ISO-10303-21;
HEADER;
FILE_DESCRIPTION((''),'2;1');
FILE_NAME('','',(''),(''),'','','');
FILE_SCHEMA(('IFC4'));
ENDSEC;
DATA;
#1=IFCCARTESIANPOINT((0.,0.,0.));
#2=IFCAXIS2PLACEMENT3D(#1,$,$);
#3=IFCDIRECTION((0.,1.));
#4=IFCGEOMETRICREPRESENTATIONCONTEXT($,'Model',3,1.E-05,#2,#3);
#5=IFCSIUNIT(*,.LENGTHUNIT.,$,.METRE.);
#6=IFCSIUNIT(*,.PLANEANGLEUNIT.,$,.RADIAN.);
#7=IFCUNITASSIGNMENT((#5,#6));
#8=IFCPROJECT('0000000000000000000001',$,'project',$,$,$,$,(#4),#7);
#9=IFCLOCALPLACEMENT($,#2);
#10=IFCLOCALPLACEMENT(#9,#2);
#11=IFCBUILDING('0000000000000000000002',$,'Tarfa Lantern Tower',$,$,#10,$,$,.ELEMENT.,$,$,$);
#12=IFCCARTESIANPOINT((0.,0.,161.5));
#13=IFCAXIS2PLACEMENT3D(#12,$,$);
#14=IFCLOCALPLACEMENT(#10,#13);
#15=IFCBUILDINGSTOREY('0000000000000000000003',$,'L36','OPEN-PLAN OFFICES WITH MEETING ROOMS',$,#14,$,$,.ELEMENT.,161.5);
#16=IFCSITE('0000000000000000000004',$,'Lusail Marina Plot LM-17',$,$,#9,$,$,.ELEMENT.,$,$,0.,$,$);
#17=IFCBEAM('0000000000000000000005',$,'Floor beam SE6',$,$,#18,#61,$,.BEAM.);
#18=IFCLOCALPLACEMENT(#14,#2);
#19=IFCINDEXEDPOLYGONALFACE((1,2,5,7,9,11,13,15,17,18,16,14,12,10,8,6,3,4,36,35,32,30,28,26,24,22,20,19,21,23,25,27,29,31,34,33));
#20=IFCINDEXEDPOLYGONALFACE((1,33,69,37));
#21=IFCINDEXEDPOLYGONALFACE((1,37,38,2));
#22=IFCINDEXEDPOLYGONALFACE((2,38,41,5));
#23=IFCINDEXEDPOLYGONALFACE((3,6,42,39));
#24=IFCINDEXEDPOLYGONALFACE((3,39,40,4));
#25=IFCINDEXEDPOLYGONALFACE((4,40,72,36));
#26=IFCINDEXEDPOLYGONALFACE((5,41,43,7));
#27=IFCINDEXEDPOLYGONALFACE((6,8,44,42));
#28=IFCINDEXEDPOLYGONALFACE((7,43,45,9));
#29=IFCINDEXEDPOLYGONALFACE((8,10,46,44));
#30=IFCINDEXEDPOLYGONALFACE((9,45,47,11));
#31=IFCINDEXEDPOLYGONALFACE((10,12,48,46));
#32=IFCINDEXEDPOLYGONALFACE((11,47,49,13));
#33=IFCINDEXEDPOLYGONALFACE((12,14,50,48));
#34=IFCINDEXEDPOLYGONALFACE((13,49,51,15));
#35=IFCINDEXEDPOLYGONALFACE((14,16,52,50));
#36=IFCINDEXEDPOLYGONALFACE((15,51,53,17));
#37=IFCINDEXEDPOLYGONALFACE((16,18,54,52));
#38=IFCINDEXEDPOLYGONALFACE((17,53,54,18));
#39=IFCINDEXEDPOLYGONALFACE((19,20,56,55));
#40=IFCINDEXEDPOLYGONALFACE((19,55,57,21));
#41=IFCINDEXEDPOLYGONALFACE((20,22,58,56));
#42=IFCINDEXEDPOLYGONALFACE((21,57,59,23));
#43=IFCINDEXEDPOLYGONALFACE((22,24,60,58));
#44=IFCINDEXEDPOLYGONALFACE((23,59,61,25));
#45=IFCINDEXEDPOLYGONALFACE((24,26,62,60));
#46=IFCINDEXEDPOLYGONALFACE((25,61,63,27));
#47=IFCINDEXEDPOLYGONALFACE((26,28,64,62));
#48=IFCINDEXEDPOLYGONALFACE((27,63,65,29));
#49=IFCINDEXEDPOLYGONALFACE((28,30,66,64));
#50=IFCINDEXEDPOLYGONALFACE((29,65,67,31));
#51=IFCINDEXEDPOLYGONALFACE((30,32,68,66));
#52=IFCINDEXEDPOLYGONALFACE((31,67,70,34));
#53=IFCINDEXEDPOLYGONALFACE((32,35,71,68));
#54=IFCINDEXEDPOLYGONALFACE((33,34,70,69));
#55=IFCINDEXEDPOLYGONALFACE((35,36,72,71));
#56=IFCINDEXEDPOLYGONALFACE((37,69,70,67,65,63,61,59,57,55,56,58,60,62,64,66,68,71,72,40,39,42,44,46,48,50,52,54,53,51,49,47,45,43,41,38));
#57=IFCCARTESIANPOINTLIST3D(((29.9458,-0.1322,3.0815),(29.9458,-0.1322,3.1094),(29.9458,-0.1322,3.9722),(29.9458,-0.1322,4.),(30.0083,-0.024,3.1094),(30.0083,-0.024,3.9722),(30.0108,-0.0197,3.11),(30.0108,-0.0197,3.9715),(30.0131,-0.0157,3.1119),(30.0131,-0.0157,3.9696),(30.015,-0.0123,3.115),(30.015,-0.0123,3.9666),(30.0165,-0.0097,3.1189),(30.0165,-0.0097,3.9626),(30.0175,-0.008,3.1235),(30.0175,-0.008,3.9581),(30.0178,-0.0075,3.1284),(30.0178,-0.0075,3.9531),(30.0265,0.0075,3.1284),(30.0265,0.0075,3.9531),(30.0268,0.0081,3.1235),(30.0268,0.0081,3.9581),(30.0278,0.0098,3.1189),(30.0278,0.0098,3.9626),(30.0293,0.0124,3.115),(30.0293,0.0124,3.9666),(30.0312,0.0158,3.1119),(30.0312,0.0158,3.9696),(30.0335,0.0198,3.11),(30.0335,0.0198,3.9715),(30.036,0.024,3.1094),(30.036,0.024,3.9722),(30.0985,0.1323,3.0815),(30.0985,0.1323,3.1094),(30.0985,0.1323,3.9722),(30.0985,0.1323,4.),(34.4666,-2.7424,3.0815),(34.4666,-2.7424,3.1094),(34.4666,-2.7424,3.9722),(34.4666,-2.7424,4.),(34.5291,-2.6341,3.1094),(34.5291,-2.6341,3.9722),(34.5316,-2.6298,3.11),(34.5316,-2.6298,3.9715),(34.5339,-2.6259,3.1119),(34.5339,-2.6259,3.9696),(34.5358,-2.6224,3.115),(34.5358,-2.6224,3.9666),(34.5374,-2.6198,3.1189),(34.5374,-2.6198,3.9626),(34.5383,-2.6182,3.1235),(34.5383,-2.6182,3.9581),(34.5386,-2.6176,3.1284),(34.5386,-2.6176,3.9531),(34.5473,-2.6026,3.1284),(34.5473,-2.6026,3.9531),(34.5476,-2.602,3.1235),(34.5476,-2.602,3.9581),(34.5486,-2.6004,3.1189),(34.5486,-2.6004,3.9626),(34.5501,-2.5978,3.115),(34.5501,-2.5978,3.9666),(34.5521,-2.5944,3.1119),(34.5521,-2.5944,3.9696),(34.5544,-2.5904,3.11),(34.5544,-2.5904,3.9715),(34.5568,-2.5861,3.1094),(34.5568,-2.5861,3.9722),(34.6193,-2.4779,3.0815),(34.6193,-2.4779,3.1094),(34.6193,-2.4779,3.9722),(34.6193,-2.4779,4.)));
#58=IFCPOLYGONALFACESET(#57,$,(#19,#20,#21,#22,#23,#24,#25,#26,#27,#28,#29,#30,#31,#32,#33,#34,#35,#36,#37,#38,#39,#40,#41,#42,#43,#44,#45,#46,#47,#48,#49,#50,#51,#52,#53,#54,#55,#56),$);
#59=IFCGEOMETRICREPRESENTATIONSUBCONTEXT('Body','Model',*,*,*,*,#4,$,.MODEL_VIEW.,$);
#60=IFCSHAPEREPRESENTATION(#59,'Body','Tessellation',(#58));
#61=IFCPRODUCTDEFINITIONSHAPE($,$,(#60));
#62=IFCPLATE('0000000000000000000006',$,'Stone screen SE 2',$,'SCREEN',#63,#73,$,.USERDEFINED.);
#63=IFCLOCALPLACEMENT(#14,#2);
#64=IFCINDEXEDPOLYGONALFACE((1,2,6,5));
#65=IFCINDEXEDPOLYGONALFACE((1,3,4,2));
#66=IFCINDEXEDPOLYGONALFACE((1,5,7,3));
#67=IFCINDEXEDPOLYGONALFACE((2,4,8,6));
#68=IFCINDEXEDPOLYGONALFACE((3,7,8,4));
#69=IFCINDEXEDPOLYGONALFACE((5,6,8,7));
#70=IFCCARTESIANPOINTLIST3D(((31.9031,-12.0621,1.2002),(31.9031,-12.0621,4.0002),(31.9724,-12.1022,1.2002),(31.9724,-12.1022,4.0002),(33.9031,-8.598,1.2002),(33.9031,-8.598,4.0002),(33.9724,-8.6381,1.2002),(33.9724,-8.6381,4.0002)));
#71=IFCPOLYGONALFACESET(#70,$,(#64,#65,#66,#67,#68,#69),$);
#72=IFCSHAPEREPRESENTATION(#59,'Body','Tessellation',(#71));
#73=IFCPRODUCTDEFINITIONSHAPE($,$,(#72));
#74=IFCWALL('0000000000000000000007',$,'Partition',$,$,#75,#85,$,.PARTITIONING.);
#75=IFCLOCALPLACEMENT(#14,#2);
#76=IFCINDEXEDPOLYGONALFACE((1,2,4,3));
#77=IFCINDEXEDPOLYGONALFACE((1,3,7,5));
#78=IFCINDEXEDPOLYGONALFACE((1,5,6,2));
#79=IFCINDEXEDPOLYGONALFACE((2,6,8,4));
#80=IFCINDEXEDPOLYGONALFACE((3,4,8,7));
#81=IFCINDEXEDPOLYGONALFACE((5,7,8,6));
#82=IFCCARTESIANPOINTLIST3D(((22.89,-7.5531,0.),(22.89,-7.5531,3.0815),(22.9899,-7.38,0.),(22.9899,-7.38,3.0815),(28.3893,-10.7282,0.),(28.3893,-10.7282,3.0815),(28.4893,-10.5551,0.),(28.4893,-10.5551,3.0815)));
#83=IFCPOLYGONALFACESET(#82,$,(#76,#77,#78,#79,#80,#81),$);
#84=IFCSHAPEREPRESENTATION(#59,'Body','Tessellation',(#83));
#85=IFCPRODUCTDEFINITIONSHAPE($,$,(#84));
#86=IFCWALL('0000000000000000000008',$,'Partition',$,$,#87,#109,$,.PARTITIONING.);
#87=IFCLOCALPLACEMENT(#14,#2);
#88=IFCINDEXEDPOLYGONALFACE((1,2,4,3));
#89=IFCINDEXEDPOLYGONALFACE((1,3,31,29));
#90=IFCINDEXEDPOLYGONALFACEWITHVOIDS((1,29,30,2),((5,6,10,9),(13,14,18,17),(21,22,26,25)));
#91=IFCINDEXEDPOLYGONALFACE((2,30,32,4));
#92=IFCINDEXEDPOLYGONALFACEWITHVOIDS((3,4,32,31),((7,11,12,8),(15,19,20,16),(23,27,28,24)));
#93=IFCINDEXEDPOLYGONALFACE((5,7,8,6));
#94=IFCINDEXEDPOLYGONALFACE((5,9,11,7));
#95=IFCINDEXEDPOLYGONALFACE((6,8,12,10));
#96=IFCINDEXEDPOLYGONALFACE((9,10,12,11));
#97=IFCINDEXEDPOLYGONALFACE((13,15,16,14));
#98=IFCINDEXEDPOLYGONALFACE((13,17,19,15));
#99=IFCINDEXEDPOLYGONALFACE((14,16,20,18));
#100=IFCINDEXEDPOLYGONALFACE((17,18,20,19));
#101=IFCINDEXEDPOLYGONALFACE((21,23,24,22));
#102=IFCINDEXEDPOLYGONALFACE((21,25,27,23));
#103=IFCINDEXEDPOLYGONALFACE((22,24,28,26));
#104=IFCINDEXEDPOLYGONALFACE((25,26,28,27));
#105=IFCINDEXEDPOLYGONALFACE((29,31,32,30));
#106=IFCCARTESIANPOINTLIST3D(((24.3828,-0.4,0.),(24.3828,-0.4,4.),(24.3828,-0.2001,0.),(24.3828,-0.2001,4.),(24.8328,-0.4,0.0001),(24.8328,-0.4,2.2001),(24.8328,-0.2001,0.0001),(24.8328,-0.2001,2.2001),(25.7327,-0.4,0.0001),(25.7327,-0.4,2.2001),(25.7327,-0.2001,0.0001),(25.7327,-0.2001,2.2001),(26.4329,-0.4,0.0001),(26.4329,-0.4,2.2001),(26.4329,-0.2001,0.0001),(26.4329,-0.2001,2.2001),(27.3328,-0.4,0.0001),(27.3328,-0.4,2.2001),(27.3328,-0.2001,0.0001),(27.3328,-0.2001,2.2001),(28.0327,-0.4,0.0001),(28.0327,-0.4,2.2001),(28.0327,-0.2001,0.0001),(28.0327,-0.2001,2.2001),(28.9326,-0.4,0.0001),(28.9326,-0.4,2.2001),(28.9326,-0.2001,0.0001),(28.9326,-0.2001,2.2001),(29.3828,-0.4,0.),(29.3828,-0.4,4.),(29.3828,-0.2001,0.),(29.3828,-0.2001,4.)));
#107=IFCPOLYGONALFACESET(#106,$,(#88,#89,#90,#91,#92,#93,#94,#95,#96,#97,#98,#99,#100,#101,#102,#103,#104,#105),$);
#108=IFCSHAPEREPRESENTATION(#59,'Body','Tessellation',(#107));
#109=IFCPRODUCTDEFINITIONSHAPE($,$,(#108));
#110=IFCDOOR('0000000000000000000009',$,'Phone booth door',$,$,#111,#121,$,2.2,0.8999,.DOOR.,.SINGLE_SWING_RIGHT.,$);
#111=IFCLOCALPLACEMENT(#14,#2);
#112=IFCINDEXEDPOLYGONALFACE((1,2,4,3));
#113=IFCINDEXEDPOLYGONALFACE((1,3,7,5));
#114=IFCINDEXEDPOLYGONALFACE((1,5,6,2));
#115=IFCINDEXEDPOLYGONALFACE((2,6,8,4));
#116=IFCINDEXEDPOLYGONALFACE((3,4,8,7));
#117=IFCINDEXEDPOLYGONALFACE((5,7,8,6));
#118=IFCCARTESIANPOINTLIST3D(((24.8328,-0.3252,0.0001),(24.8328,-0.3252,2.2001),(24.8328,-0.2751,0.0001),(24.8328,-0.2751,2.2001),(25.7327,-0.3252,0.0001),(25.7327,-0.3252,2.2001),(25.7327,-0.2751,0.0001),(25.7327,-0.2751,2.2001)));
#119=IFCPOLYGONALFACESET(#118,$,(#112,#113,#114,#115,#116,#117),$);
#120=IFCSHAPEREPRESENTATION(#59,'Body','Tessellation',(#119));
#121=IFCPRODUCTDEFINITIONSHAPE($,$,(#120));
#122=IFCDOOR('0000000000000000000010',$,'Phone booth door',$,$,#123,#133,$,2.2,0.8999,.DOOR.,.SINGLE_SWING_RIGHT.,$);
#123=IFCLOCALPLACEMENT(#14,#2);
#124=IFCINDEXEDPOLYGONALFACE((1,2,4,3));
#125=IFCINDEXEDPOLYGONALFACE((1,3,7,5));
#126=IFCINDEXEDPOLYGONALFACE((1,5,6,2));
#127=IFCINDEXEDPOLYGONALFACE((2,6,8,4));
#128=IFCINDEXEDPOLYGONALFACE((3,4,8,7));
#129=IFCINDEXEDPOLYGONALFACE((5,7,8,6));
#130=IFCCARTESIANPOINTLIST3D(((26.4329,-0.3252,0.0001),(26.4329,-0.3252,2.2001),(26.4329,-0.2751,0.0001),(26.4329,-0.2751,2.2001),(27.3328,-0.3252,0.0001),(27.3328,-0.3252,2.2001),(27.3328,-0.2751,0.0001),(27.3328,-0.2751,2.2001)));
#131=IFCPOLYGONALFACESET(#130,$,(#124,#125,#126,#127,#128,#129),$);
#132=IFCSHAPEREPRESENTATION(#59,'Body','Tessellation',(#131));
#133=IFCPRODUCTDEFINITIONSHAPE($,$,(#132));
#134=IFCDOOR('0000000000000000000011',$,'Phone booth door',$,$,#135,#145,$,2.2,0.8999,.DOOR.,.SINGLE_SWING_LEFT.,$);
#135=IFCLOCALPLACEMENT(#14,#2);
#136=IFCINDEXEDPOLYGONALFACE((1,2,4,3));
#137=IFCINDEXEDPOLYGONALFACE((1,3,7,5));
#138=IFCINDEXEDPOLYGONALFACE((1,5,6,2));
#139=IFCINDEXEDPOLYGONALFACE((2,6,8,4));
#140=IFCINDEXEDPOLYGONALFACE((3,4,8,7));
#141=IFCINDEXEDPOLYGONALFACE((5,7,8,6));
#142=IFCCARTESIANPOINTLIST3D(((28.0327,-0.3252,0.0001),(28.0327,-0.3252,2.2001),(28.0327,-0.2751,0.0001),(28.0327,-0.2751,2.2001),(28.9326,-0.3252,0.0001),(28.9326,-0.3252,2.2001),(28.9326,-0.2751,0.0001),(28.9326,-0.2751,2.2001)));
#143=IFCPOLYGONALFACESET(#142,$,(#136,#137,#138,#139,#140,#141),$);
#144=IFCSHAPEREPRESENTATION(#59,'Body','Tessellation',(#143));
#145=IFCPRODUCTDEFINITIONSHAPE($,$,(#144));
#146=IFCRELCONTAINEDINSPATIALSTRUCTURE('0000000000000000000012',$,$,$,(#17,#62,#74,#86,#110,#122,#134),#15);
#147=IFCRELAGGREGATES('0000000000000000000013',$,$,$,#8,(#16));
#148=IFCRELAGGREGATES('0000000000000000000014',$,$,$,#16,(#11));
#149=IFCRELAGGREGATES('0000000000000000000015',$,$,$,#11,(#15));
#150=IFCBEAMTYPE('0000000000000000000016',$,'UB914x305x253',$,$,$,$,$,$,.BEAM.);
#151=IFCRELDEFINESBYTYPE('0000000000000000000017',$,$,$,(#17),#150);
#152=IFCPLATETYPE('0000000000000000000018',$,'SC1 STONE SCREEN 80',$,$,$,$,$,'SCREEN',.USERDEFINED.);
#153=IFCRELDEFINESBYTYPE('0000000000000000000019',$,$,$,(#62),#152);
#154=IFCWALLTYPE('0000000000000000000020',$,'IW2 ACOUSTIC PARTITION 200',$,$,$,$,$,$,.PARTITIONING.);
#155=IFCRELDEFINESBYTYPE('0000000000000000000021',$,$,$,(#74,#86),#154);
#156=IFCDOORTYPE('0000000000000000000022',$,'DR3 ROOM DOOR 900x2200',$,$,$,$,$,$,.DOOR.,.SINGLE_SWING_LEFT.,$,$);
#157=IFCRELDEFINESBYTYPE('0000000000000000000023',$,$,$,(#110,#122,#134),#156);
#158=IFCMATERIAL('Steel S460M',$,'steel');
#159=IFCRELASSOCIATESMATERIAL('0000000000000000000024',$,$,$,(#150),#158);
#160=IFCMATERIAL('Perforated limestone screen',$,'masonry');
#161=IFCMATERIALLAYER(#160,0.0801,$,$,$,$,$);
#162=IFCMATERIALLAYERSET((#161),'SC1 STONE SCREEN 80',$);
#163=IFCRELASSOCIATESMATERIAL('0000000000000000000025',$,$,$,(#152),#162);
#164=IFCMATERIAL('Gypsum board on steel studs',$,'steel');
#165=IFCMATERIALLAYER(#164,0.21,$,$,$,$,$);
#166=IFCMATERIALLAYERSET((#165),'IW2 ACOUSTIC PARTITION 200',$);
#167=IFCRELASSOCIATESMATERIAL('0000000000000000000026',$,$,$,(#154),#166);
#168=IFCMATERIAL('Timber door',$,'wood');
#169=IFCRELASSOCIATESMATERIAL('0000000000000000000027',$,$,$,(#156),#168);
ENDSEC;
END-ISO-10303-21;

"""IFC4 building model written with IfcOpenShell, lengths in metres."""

from ifc_helpers import new_model, si_unit, direction, frame, frame_2d, origin, origin_2d, place, context, subcontext, project, spatial, rectangle, i_section, extrude, material, layer, layer_set, material_profile, profile_set, type_object, element, fill, save


model = new_model("IFC4")

# Units and contexts
model_context = context("Model", 3, precision=1e-05, world=origin(), true_north=direction((0.0, 1.0)))
body_context = subcontext(model_context, "Body", "Model", "MODEL_VIEW")
ifc_project = project(units=[si_unit("LENGTHUNIT", "METRE"), si_unit("PLANEANGLEUNIT", "RADIAN")], contexts=[model_context])

# Site, building, storey
site_placement = place(None, origin())
site = spatial("IfcSite", under=ifc_project, at=site_placement, Name="Lusail Marina Plot LM-17", CompositionType="ELEMENT", RefElevation=0.0)
building_placement = place(site_placement, origin())
building = spatial("IfcBuilding", under=site, at=building_placement, Name="Tarfa Lantern Tower", CompositionType="ELEMENT")
storey_placement = place(building_placement, frame((0.0, 0.0, 161.5)))
storey = spatial("IfcBuildingStorey", under=building, at=storey_placement, Name="L36", Description="OPEN-PLAN OFFICES WITH MEETING ROOMS", CompositionType="ELEMENT", Elevation=161.5)

# Beam
ifc_material_1 = material(Name="Steel S460M", Category="steel")
ifc_material_profile_1 = material_profile(ifc_material_1, i_section(OverallWidth=0.3054, OverallDepth=0.9185, WebThickness=0.0173, FlangeThickness=0.0278, FilletRadius=0.019, at=origin_2d()), Name="UB914x305x253")
ifc_profile_set_1 = profile_set([ifc_material_profile_1], Name="Steel S460M")
beam_type_1 = type_object("IfcBeamType", Name="UB914x305x253", PredefinedType="BEAM", material=ifc_profile_set_1)
beam_1_placement = place(storey_placement, frame((34.543, -2.6101, 3.5408), z_axis=(-0.866021, 0.500007, 0.0), x_axis=(-0.500007, -0.866021, 0.0)))
element("IfcBeam", 1, at=beam_1_placement, inside=storey, type_object=beam_type_1, Name="Floor beam SE6", PredefinedType="BEAM", context=body_context, shape_type="SweptSolid", body=[
    extrude(i_section(OverallWidth=0.3054, OverallDepth=0.9185, WebThickness=0.0173, FlangeThickness=0.0278, FilletRadius=0.019, at=origin_2d()), origin(), (0.0, 0.0, 1.0), 5.2202),
])

# Plate
ifc_material_2 = material(Name="Perforated limestone screen", Category="masonry")
ifc_layer_1 = layer(ifc_material_2, 0.0801)
ifc_layer_set_1 = layer_set([ifc_layer_1], Name="SC1 STONE SCREEN 80")
plate_type = type_object("IfcPlateType", Name="SC1 STONE SCREEN 80", ElementType="SCREEN", PredefinedType="USERDEFINED", material=ifc_layer_set_1)
plate_placement = place(storey_placement, frame((32.9377, -10.3501, 1.2002), z_axis=(0.0, 0.0, 1.0), x_axis=(0.5, 0.866025, 0.0)))
element("IfcPlate", 2, at=plate_placement, inside=storey, type_object=plate_type, Name="Stone screen SE 2", ObjectType="SCREEN", PredefinedType="USERDEFINED", context=body_context, shape_type="SweptSolid", body=[
    extrude(rectangle(XDim=4.0, YDim=0.0801, at=origin_2d()), origin(), (0.0, 0.0, 1.0), 2.8),
])

# Wall
ifc_material_3 = material(Name="Gypsum board on steel studs", Category="steel")
ifc_layer_2 = layer(ifc_material_3, 0.21)
ifc_layer_set_2 = layer_set([ifc_layer_2], Name="IW2 ACOUSTIC PARTITION 200")
wall_type = type_object("IfcWallType", Name="IW2 ACOUSTIC PARTITION 200", PredefinedType="PARTITIONING", material=ifc_layer_set_2)
wall_1_placement = place(storey_placement, frame((22.9399, -7.4666, 0.0), z_axis=(0.0, 0.0, 1.0), x_axis=(0.866022, -0.500005, 0.0)))
element("IfcWall", 3, at=wall_1_placement, inside=storey, type_object=wall_type, Name="Partition", PredefinedType="PARTITIONING", context=body_context, shape_type="SweptSolid", body=[
    extrude(rectangle(XDim=6.3501, YDim=0.2, at=frame_2d((3.175, 0.0))), origin(), (0.0, 0.0, 1.0), 3.0815),
])

# Wall, openings, doors
wall_2_placement = place(storey_placement, frame((24.3828, -0.3, 0.0), z_axis=(0.0, 0.0, 1.0), x_axis=(1.0, 0.0, 0.0)))
wall_2 = element("IfcWall", 4, at=wall_2_placement, inside=storey, type_object=wall_type, Name="Partition", PredefinedType="PARTITIONING", context=body_context, shape_type="SweptSolid", body=[
    extrude(rectangle(XDim=5.0, YDim=0.2, at=frame_2d((2.5, 0.0))), origin(), (0.0, 0.0, 1.0), 4.0),
])
opening_1_placement = place(wall_2_placement, frame((0.45, 0.0, 0.0)))
opening_1 = element("IfcOpeningElement", 5, at=opening_1_placement, cuts=wall_2, PredefinedType="OPENING", context=body_context, shape_type="SweptSolid", body=[
    extrude(rectangle(XDim=0.8999, YDim=2.2, at=frame_2d((0.45, 1.1001))), frame((0.0, 0.1099, 0.0), z_axis=(0.0, -1.0, 0.0), x_axis=(1.0, 0.0, 0.0)), (0.0, 0.0, 1.0), 0.22),
])
opening_2_placement = place(wall_2_placement, frame((2.05, 0.0, 0.0)))
opening_2 = element("IfcOpeningElement", 6, at=opening_2_placement, cuts=wall_2, PredefinedType="OPENING", context=body_context, shape_type="SweptSolid", body=[
    extrude(rectangle(XDim=0.8999, YDim=2.2, at=frame_2d((0.45, 1.1001))), frame((0.0, 0.1099, 0.0), z_axis=(0.0, -1.0, 0.0), x_axis=(1.0, 0.0, 0.0)), (0.0, 0.0, 1.0), 0.22),
])
opening_3_placement = place(wall_2_placement, frame((3.6499, 0.0, 0.0)))
opening_3 = element("IfcOpeningElement", 7, at=opening_3_placement, cuts=wall_2, PredefinedType="OPENING", context=body_context, shape_type="SweptSolid", body=[
    extrude(rectangle(XDim=0.8999, YDim=2.2, at=frame_2d((0.45, 1.1001))), frame((0.0, 0.1099, 0.0), z_axis=(0.0, -1.0, 0.0), x_axis=(1.0, 0.0, 0.0)), (0.0, 0.0, 1.0), 0.22),
])
ifc_material_4 = material(Name="Timber door", Category="wood")
door_type = type_object("IfcDoorType", Name="DR3 ROOM DOOR 900x2200", OperationType="SINGLE_SWING_LEFT", PredefinedType="DOOR", material=ifc_material_4)
door_1_placement = place(opening_1_placement, origin())
door_1 = element("IfcDoor", 8, at=door_1_placement, inside=storey, type_object=door_type, Name="Phone booth door", OperationType="SINGLE_SWING_RIGHT", OverallHeight=2.2, OverallWidth=0.8999, PredefinedType="DOOR", context=body_context, shape_type="SweptSolid", body=[
    extrude(rectangle(XDim=0.8999, YDim=2.2, at=frame_2d((0.45, 1.1001))), frame((0.0, 0.0249, 0.0), z_axis=(0.0, -1.0, 0.0), x_axis=(1.0, 0.0, 0.0)), (0.0, 0.0, 1.0), 0.05),
])
fill(opening_1, door_1)
door_2_placement = place(opening_2_placement, origin())
door_2 = element("IfcDoor", 9, at=door_2_placement, inside=storey, type_object=door_type, Name="Phone booth door", OperationType="SINGLE_SWING_RIGHT", OverallHeight=2.2, OverallWidth=0.8999, PredefinedType="DOOR", context=body_context, shape_type="SweptSolid", body=[
    extrude(rectangle(XDim=0.8999, YDim=2.2, at=frame_2d((0.45, 1.1001))), frame((0.0, 0.0249, 0.0), z_axis=(0.0, -1.0, 0.0), x_axis=(1.0, 0.0, 0.0)), (0.0, 0.0, 1.0), 0.05),
])
fill(opening_2, door_2)
door_3_placement = place(opening_3_placement, origin())
door_3 = element("IfcDoor", 10, at=door_3_placement, inside=storey, type_object=door_type, Name="Phone booth door", OperationType="SINGLE_SWING_LEFT", OverallHeight=2.2, OverallWidth=0.8999, PredefinedType="DOOR", context=body_context, shape_type="SweptSolid", body=[
    extrude(rectangle(XDim=0.8999, YDim=2.2, at=frame_2d((0.45, 1.1001))), frame((0.0, 0.0249, 0.0), z_axis=(0.0, -1.0, 0.0), x_axis=(1.0, 0.0, 0.0)), (0.0, 0.0, 1.0), 0.05),
])
fill(opening_3, door_3)

save(model, "model.ifc")
